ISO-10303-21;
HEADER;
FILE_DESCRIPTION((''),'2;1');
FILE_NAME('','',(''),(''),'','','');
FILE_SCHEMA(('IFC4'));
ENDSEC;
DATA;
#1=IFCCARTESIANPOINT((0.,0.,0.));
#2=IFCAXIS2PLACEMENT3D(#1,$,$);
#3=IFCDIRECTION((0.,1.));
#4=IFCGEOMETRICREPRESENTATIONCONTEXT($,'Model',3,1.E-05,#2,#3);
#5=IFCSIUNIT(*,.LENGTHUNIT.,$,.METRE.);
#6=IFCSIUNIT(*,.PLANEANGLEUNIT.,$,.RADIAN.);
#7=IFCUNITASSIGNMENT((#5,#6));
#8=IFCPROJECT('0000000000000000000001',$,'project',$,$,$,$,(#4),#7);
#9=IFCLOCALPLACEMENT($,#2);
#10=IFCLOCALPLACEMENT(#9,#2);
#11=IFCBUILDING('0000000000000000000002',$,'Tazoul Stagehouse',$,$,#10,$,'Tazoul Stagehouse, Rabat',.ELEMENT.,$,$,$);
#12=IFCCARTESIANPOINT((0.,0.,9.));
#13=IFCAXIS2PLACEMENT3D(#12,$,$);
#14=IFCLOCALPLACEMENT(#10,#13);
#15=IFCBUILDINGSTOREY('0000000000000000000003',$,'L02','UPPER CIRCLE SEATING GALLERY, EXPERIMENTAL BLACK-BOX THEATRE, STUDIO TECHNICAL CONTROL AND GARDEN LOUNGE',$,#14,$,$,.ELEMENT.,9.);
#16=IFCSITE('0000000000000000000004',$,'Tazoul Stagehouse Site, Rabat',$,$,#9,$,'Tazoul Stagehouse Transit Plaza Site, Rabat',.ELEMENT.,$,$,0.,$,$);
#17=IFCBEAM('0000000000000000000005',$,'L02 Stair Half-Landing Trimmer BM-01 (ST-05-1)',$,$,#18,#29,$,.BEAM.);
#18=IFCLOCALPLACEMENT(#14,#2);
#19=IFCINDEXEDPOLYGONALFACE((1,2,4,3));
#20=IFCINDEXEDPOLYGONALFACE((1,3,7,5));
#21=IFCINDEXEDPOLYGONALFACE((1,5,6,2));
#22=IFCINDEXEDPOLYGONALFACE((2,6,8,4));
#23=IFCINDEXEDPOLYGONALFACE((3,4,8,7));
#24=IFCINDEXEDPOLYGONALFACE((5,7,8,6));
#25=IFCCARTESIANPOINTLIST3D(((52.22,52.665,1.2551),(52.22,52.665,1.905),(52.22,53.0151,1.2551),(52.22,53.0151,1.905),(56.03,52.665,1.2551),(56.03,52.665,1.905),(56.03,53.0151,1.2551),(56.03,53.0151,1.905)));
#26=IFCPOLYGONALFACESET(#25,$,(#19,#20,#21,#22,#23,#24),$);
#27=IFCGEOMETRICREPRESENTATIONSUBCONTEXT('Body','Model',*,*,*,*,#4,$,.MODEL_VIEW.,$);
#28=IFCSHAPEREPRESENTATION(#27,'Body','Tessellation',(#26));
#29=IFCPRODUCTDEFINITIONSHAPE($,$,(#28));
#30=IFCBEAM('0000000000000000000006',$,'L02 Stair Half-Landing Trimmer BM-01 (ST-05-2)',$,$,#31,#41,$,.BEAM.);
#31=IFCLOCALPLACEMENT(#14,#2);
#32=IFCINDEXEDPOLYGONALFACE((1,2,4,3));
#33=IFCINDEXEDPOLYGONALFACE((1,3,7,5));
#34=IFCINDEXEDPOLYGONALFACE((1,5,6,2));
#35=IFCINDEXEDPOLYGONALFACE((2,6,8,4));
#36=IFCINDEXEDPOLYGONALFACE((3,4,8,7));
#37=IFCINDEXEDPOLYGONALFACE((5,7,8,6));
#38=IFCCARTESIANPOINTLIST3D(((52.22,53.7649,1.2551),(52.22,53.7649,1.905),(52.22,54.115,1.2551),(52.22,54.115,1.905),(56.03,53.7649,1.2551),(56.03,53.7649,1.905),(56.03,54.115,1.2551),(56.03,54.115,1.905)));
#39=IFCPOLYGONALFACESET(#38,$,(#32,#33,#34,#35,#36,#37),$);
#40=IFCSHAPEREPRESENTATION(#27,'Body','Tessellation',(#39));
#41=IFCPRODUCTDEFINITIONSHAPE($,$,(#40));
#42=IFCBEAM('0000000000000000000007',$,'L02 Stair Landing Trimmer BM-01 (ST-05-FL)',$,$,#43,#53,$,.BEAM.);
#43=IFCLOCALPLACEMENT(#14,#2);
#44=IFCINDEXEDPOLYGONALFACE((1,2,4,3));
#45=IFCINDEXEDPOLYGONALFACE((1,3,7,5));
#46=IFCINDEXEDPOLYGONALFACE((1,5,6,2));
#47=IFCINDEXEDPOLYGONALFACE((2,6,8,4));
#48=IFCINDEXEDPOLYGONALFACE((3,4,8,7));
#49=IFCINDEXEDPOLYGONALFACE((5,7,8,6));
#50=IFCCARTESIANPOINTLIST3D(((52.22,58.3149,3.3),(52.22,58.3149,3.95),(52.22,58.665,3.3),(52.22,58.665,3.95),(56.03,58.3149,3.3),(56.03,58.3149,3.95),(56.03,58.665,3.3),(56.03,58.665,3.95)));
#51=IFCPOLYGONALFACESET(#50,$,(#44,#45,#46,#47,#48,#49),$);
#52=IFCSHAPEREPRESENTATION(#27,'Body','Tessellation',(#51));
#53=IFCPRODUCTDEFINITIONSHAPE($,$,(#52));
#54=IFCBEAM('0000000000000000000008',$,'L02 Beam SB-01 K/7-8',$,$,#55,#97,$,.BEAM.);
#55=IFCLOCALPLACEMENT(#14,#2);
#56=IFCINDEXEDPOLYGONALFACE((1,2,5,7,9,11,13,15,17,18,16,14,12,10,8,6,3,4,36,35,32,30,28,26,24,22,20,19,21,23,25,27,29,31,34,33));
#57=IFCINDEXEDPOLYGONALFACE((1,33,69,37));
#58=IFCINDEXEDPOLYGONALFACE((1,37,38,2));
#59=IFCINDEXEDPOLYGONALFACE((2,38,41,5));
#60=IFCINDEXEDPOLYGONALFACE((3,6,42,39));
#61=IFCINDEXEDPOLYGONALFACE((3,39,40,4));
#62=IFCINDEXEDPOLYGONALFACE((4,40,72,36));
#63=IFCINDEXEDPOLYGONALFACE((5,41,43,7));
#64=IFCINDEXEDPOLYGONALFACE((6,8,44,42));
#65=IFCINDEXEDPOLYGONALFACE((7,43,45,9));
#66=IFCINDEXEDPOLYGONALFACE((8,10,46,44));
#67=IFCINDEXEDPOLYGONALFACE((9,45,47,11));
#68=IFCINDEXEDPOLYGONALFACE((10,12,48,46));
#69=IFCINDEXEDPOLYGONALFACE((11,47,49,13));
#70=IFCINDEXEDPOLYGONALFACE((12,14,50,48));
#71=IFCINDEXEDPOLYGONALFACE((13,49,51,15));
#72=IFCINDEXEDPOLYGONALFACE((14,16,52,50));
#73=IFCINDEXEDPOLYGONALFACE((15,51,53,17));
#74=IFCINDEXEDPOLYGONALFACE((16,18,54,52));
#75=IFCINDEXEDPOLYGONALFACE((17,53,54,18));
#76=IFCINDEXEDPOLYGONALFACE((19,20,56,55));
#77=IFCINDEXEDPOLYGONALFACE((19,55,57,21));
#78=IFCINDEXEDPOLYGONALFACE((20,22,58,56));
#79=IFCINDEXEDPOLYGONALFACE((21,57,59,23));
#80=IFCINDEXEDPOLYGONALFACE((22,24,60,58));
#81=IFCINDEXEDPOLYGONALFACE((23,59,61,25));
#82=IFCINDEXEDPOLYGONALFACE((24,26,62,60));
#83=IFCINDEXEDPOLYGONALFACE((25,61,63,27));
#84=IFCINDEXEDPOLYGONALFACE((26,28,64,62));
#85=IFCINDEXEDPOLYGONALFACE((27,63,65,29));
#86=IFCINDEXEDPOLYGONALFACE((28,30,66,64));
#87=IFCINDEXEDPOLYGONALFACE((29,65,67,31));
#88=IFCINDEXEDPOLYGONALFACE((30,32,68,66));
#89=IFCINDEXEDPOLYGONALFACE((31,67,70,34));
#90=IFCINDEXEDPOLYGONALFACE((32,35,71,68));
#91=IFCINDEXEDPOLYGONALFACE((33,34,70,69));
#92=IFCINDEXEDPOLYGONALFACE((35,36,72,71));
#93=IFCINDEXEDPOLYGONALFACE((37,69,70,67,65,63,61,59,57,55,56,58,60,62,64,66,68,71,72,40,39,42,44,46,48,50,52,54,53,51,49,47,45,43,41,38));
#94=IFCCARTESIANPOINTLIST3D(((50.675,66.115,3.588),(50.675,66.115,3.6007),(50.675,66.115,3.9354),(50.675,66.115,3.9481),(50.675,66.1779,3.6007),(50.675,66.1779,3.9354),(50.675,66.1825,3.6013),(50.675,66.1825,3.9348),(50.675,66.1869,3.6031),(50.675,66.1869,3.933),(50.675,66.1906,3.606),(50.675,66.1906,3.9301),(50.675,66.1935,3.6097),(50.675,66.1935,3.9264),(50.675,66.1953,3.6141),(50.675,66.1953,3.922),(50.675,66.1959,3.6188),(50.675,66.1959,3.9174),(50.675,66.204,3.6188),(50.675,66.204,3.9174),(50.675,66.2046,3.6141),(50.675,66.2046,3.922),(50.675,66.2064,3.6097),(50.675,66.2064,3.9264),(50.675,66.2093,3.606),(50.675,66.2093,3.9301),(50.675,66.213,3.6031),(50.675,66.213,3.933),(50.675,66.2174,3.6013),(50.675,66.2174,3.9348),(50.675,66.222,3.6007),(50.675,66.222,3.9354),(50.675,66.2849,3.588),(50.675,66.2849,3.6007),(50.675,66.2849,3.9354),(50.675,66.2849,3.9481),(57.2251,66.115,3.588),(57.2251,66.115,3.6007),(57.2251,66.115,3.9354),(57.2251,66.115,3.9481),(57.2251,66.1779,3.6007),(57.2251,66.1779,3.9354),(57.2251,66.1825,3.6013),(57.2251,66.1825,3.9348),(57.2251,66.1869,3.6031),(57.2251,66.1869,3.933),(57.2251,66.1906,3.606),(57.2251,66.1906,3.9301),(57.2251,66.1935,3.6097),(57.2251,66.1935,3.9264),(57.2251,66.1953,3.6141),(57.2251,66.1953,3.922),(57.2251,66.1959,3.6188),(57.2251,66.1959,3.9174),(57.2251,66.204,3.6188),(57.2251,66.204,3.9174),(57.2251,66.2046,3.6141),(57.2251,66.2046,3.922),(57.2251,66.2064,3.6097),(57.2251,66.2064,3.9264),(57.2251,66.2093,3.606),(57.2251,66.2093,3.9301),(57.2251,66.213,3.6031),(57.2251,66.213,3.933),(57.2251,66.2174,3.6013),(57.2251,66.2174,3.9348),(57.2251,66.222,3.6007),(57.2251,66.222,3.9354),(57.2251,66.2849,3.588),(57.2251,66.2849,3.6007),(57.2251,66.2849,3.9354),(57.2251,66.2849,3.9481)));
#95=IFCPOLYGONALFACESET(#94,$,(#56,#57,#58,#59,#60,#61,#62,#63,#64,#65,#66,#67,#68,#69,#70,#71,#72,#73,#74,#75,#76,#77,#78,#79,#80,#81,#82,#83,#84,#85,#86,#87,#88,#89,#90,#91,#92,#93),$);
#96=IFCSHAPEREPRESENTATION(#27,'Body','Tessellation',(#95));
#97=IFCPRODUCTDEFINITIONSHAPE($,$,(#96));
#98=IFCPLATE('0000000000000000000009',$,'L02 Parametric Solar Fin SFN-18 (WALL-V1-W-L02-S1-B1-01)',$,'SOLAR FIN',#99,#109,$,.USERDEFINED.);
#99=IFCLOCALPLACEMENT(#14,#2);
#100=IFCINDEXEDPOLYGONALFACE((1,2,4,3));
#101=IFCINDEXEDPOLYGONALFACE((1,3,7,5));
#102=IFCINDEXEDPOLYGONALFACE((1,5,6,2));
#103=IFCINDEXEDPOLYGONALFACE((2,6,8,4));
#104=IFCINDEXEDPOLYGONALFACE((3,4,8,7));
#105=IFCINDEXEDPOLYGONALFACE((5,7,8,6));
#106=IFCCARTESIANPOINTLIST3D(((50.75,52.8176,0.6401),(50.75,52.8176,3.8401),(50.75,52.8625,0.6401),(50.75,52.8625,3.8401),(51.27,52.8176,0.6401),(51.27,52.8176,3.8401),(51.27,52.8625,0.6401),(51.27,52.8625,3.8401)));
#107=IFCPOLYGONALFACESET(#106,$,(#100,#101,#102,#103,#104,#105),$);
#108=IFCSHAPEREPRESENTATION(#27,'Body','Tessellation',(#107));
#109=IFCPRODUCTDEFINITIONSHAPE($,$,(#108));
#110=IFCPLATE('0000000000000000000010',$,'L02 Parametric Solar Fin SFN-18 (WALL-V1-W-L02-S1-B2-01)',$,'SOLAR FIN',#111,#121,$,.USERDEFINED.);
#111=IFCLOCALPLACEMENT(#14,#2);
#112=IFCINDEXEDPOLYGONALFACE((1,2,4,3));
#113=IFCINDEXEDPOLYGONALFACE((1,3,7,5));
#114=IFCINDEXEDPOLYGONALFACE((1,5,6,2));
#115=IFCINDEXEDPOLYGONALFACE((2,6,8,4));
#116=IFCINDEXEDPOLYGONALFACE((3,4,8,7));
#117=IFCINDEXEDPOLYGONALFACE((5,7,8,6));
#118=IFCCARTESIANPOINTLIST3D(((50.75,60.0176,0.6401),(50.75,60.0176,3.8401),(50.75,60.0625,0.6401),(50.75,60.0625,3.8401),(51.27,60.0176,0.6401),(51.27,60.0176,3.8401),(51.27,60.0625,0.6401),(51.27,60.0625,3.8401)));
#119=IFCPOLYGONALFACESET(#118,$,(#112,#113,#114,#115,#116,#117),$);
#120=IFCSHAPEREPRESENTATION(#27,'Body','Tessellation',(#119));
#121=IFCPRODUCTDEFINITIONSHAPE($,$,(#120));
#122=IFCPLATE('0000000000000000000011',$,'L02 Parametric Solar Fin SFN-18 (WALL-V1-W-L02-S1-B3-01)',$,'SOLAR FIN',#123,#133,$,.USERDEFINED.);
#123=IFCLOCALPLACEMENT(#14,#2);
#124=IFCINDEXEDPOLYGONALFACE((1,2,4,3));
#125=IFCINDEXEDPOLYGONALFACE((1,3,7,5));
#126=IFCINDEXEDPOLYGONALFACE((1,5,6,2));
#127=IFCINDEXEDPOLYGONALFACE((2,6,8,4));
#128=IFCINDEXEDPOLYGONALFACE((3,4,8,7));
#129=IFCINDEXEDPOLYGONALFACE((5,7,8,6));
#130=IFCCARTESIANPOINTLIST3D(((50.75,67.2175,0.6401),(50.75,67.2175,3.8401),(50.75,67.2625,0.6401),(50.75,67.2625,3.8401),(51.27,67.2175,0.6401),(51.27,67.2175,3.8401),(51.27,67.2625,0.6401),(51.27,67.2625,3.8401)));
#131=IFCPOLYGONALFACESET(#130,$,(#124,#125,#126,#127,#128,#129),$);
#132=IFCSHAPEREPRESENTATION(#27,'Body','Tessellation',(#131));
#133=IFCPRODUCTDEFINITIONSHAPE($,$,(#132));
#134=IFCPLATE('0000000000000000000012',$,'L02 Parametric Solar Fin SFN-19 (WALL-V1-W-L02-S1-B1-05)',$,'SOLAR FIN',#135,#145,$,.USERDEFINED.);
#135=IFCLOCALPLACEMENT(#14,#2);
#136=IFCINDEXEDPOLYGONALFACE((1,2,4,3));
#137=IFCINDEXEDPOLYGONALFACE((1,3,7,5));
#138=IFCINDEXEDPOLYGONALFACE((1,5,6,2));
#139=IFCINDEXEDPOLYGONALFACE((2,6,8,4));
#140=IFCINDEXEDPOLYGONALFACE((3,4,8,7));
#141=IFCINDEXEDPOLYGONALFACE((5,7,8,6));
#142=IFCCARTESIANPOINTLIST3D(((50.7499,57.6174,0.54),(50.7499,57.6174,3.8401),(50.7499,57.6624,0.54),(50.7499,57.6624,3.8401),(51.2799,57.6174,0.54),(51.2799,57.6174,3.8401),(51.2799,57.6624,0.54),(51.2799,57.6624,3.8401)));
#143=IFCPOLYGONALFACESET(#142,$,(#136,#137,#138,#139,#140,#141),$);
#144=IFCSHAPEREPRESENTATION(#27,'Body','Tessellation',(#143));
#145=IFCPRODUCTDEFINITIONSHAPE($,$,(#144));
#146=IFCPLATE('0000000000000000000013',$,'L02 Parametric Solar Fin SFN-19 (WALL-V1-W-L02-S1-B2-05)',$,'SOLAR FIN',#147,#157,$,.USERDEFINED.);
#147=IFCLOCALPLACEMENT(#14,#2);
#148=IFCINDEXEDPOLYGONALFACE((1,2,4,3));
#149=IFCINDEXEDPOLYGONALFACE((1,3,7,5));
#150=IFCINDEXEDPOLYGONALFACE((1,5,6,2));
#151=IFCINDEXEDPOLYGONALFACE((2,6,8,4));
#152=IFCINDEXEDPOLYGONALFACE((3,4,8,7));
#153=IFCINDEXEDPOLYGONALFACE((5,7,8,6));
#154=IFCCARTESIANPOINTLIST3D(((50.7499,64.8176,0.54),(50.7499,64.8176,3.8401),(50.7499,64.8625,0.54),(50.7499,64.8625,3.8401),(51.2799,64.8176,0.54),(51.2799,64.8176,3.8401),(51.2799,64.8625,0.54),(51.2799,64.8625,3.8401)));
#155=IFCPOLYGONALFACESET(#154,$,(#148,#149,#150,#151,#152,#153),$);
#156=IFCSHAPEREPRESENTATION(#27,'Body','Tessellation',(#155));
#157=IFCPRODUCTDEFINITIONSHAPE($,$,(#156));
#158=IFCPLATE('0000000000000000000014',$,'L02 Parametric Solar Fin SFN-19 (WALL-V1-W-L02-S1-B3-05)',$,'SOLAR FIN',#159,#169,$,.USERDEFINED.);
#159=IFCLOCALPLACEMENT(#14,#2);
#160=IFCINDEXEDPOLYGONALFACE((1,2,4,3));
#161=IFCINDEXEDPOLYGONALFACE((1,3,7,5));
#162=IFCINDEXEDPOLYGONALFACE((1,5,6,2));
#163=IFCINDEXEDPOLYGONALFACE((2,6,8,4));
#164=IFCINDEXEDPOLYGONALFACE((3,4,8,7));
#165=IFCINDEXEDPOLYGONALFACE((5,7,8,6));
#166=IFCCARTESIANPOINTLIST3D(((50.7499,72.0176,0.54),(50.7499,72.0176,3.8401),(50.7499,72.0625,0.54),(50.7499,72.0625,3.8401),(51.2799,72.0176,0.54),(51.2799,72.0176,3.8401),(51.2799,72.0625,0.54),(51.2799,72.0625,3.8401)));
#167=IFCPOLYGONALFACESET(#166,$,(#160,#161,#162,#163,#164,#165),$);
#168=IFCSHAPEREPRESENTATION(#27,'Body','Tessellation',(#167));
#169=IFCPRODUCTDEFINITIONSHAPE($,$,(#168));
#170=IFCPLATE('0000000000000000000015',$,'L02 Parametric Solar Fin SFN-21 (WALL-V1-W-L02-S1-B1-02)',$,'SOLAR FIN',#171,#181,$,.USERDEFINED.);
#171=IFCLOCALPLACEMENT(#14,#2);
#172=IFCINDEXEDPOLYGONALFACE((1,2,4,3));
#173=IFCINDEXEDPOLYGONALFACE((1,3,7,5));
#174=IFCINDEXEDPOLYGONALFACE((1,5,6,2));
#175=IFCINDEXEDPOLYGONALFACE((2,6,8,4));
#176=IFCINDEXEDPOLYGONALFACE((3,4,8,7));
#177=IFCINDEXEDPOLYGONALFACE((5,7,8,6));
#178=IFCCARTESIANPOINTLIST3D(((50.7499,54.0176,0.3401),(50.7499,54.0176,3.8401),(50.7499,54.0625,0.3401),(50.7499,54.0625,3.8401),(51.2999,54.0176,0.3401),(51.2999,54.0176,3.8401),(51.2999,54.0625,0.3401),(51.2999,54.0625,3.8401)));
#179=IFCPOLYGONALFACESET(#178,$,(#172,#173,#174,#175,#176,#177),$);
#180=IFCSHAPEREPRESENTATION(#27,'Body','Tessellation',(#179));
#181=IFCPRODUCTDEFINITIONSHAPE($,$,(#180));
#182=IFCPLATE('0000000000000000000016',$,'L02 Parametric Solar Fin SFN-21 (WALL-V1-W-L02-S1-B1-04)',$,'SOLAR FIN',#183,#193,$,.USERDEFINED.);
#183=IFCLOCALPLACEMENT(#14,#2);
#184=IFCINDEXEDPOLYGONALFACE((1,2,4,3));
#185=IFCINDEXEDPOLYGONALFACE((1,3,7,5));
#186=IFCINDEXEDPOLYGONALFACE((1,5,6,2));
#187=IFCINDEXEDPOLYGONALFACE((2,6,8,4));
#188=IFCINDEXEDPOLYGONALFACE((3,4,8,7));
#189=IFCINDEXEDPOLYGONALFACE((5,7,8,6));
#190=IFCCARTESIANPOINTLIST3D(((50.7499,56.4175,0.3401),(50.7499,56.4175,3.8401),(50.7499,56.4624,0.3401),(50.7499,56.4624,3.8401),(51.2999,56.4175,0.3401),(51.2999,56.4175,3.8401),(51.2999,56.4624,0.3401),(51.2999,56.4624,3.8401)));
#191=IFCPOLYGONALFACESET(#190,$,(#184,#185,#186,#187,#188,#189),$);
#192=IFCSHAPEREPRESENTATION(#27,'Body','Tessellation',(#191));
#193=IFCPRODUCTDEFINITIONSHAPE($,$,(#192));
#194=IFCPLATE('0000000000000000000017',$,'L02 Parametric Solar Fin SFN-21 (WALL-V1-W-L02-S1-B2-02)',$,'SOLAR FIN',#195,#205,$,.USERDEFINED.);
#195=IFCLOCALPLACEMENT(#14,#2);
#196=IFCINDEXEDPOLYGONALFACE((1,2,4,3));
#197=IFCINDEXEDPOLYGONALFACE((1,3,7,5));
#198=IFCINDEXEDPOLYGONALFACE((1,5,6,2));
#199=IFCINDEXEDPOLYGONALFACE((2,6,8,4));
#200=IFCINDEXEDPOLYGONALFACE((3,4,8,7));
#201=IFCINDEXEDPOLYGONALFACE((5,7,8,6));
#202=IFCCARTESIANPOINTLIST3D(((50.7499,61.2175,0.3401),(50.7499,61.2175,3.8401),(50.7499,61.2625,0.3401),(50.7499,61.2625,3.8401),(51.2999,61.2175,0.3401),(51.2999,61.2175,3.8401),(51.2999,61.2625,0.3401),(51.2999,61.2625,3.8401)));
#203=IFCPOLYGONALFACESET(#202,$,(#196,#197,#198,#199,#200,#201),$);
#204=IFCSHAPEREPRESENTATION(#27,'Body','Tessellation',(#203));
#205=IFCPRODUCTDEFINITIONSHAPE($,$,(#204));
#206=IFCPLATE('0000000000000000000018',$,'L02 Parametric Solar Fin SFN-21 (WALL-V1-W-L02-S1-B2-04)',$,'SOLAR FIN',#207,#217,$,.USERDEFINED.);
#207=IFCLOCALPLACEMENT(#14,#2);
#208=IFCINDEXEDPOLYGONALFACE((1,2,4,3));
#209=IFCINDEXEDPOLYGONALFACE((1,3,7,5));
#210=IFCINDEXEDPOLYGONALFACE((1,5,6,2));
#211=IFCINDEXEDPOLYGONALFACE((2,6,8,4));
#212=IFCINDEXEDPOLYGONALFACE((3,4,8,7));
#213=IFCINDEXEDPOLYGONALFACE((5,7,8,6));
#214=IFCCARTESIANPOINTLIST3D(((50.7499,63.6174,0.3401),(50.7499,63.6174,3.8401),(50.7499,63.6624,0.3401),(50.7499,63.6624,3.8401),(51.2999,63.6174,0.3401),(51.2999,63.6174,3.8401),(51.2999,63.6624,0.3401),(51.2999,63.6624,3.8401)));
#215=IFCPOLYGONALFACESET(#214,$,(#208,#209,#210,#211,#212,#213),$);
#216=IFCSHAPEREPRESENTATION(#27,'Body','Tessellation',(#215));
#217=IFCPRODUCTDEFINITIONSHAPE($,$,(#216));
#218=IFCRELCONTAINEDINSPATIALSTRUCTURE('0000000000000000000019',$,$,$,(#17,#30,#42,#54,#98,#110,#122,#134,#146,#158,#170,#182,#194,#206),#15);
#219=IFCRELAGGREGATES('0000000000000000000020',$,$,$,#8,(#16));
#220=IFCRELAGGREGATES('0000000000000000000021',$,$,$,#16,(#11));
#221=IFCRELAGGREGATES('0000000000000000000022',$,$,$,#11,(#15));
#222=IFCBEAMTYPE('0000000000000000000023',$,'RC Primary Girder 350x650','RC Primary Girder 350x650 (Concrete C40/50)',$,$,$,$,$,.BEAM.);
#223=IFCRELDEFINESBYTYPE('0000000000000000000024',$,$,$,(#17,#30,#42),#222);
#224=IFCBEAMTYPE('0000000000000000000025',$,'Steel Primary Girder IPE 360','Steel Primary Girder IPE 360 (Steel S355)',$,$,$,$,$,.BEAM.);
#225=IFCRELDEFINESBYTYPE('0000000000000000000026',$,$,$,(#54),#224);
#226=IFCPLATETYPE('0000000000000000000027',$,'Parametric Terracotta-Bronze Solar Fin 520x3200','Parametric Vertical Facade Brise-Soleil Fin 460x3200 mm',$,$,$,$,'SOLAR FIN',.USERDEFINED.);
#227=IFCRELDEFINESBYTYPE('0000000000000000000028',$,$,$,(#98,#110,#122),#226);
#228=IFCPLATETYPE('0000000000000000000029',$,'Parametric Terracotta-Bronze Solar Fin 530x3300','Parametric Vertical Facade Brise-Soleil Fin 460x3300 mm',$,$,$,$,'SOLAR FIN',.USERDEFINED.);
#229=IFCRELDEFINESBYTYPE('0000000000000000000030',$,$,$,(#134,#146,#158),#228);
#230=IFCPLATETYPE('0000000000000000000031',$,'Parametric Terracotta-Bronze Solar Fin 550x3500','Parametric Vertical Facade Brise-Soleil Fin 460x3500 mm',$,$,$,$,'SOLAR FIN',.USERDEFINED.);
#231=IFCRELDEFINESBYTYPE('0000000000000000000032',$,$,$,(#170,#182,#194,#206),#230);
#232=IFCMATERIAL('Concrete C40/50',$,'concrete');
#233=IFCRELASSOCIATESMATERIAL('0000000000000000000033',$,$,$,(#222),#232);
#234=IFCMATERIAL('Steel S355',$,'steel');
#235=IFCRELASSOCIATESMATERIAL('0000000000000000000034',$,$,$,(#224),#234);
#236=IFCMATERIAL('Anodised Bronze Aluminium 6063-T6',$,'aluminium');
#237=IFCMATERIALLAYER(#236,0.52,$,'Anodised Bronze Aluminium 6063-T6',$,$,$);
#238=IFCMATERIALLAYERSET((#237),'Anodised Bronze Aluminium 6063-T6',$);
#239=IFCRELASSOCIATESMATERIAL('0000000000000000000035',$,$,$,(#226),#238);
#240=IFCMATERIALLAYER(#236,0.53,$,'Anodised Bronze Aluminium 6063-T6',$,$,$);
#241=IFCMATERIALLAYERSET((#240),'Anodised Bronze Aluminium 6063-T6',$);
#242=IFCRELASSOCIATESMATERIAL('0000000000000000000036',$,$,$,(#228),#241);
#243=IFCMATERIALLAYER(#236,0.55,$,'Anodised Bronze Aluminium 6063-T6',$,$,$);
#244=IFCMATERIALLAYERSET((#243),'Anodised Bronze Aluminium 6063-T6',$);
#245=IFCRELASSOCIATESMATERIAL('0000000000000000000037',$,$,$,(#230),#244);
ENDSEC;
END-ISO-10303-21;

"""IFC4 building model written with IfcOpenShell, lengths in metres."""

from ifc_helpers import new_model, si_unit, direction, frame, origin, origin_2d, place, context, subcontext, project, spatial, rectangle, i_section, extrude, material, layer, layer_set, material_profile, profile_set, type_object, element, save


model = new_model("IFC4")

# Units and contexts
model_context = context("Model", 3, precision=1e-05, world=origin(), true_north=direction((0.0, 1.0)))
body_context = subcontext(model_context, "Body", "Model", "MODEL_VIEW")
ifc_project = project(units=[si_unit("LENGTHUNIT", "METRE"), si_unit("PLANEANGLEUNIT", "RADIAN")], contexts=[model_context])

# Site, building, storey
site_placement = place(None, origin())
site = spatial("IfcSite", under=ifc_project, at=site_placement, Name="Tazoul Stagehouse Site, Rabat", LongName="Tazoul Stagehouse Transit Plaza Site, Rabat", CompositionType="ELEMENT", RefElevation=0.0)
building_placement = place(site_placement, origin())
building = spatial("IfcBuilding", under=site, at=building_placement, Name="Tazoul Stagehouse", LongName="Tazoul Stagehouse, Rabat", CompositionType="ELEMENT")
storey_placement = place(building_placement, frame((0.0, 0.0, 9.0)))
storey = spatial("IfcBuildingStorey", under=building, at=storey_placement, Name="L02", Description="UPPER CIRCLE SEATING GALLERY, EXPERIMENTAL BLACK-BOX THEATRE, STUDIO TECHNICAL CONTROL AND GARDEN LOUNGE", CompositionType="ELEMENT", Elevation=9.0)

# Beams
ifc_material_1 = material(Name="Concrete C40/50", Category="concrete")
ifc_material_profile_1 = material_profile(ifc_material_1, rectangle(XDim=0.3501, YDim=0.6499, at=origin_2d()), Name="RC 350x650")
ifc_profile_set_1 = profile_set([ifc_material_profile_1], Name="Concrete C40/50")
beam_type_1 = type_object("IfcBeamType", Name="RC Primary Girder 350x650", Description="RC Primary Girder 350x650 (Concrete C40/50)", PredefinedType="BEAM", material=ifc_profile_set_1)
for number, where, z_axis, x_axis, name in (
    (1, (52.22, 52.8401, 1.5801), (1.0, 0.0, 0.0), (0.0, 1.0, 0.0), "L02 Stair Half-Landing Trimmer BM-01 (ST-05-1)"),
    (2, (52.22, 53.9399, 1.5801), (1.0, 0.0, 0.0), (0.0, 1.0, 0.0), "L02 Stair Half-Landing Trimmer BM-01 (ST-05-2)"),
    (3, (52.22, 58.49, 3.625), (1.0, 0.0, 0.0), (0.0, 1.0, 0.0), "L02 Stair Landing Trimmer BM-01 (ST-05-FL)"),
):
    element("IfcBeam", number, at=place(storey_placement, frame(where, z_axis=z_axis, x_axis=x_axis)), inside=storey, type_object=beam_type_1, Name=name, PredefinedType="BEAM", context=body_context, shape_type="SweptSolid", body=[
        extrude(rectangle(XDim=0.3501, YDim=0.6499, at=origin_2d()), origin(), (0.0, 0.0, 1.0), 3.8101),
    ])
ifc_material_2 = material(Name="Steel S355", Category="steel")
ifc_material_profile_2 = material_profile(ifc_material_2, i_section(OverallWidth=0.1699, OverallDepth=0.3601, WebThickness=0.0081, FlangeThickness=0.0127, FilletRadius=0.0181, at=origin_2d()), Name="IPE 360")
ifc_profile_set_2 = profile_set([ifc_material_profile_2], Name="Steel S355")
beam_type_2 = type_object("IfcBeamType", Name="Steel Primary Girder IPE 360", Description="Steel Primary Girder IPE 360 (Steel S355)", PredefinedType="BEAM", material=ifc_profile_set_2)
beam_placement = place(storey_placement, frame((50.675, 66.2, 3.7681), z_axis=(1.0, 0.0, 0.0), x_axis=(0.0, 1.0, 0.0)))
element("IfcBeam", 4, at=beam_placement, inside=storey, type_object=beam_type_2, Name="L02 Beam SB-01 K/7-8", PredefinedType="BEAM", context=body_context, shape_type="SweptSolid", body=[
    extrude(i_section(OverallWidth=0.1699, OverallDepth=0.3601, WebThickness=0.0081, FlangeThickness=0.0127, FilletRadius=0.0181, at=origin_2d()), origin(), (0.0, 0.0, 1.0), 6.55),
])

# Plates
ifc_material_3 = material(Name="Anodised Bronze Aluminium 6063-T6", Category="aluminium")
ifc_layer_1 = layer(ifc_material_3, 0.52, Name="Anodised Bronze Aluminium 6063-T6")
ifc_layer_set_1 = layer_set([ifc_layer_1], Name="Anodised Bronze Aluminium 6063-T6")
plate_type_1 = type_object("IfcPlateType", Name="Parametric Terracotta-Bronze Solar Fin 520x3200", Description="Parametric Vertical Facade Brise-Soleil Fin 460x3200 mm", ElementType="SOLAR FIN", PredefinedType="USERDEFINED", material=ifc_layer_set_1)
for number, where, z_axis, x_axis, name in (
    (5, (51.01, 52.8401, 0.6401), (0.0, 0.0, 1.0), (0.0, 1.0, 0.0), "L02 Parametric Solar Fin SFN-18 (WALL-V1-W-L02-S1-B1-01)"),
    (6, (51.01, 60.04, 0.6401), (0.0, 0.0, 1.0), (0.0, 1.0, 0.0), "L02 Parametric Solar Fin SFN-18 (WALL-V1-W-L02-S1-B2-01)"),
    (7, (51.01, 67.24, 0.6401), (0.0, 0.0, 1.0), (0.0, 1.0, 0.0), "L02 Parametric Solar Fin SFN-18 (WALL-V1-W-L02-S1-B3-01)"),
):
    element("IfcPlate", number, at=place(storey_placement, frame(where, z_axis=z_axis, x_axis=x_axis)), inside=storey, type_object=plate_type_1, Name=name, ObjectType="SOLAR FIN", PredefinedType="USERDEFINED", context=body_context, shape_type="SweptSolid", body=[
        extrude(rectangle(XDim=0.0449, YDim=0.52, at=origin_2d()), origin(), (0.0, 0.0, 1.0), 3.2),
    ])
ifc_layer_2 = layer(ifc_material_3, 0.53, Name="Anodised Bronze Aluminium 6063-T6")
ifc_layer_set_2 = layer_set([ifc_layer_2], Name="Anodised Bronze Aluminium 6063-T6")
plate_type_2 = type_object("IfcPlateType", Name="Parametric Terracotta-Bronze Solar Fin 530x3300", Description="Parametric Vertical Facade Brise-Soleil Fin 460x3300 mm", ElementType="SOLAR FIN", PredefinedType="USERDEFINED", material=ifc_layer_set_2)
for number, where, z_axis, x_axis, name in (
    (8, (51.0149, 57.6399, 0.54), (0.0, 0.0, 1.0), (0.0, 1.0, 0.0), "L02 Parametric Solar Fin SFN-19 (WALL-V1-W-L02-S1-B1-05)"),
    (9, (51.0149, 64.8401, 0.54), (0.0, 0.0, 1.0), (0.0, 1.0, 0.0), "L02 Parametric Solar Fin SFN-19 (WALL-V1-W-L02-S1-B2-05)"),
    (10, (51.0149, 72.04, 0.54), (0.0, 0.0, 1.0), (0.0, 1.0, 0.0), "L02 Parametric Solar Fin SFN-19 (WALL-V1-W-L02-S1-B3-05)"),
):
    element("IfcPlate", number, at=place(storey_placement, frame(where, z_axis=z_axis, x_axis=x_axis)), inside=storey, type_object=plate_type_2, Name=name, ObjectType="SOLAR FIN", PredefinedType="USERDEFINED", context=body_context, shape_type="SweptSolid", body=[
        extrude(rectangle(XDim=0.0449, YDim=0.53, at=origin_2d()), origin(), (0.0, 0.0, 1.0), 3.3),
    ])
ifc_layer_3 = layer(ifc_material_3, 0.55, Name="Anodised Bronze Aluminium 6063-T6")
ifc_layer_set_3 = layer_set([ifc_layer_3], Name="Anodised Bronze Aluminium 6063-T6")
plate_type_3 = type_object("IfcPlateType", Name="Parametric Terracotta-Bronze Solar Fin 550x3500", Description="Parametric Vertical Facade Brise-Soleil Fin 460x3500 mm", ElementType="SOLAR FIN", PredefinedType="USERDEFINED", material=ifc_layer_set_3)
for number, where, z_axis, x_axis, name in (
    (11, (51.0249, 54.04, 0.3401), (0.0, 0.0, 1.0), (0.0, 1.0, 0.0), "L02 Parametric Solar Fin SFN-21 (WALL-V1-W-L02-S1-B1-02)"),
    (12, (51.0249, 56.4399, 0.3401), (0.0, 0.0, 1.0), (0.0, 1.0, 0.0), "L02 Parametric Solar Fin SFN-21 (WALL-V1-W-L02-S1-B1-04)"),
    (13, (51.0249, 61.24, 0.3401), (0.0, 0.0, 1.0), (0.0, 1.0, 0.0), "L02 Parametric Solar Fin SFN-21 (WALL-V1-W-L02-S1-B2-02)"),
    (14, (51.0249, 63.6399, 0.3401), (0.0, 0.0, 1.0), (0.0, 1.0, 0.0), "L02 Parametric Solar Fin SFN-21 (WALL-V1-W-L02-S1-B2-04)"),
):
    element("IfcPlate", number, at=place(storey_placement, frame(where, z_axis=z_axis, x_axis=x_axis)), inside=storey, type_object=plate_type_3, Name=name, ObjectType="SOLAR FIN", PredefinedType="USERDEFINED", context=body_context, shape_type="SweptSolid", body=[
        extrude(rectangle(XDim=0.0449, YDim=0.55, at=origin_2d()), origin(), (0.0, 0.0, 1.0), 3.5),
    ])

save(model, "model.ifc")
